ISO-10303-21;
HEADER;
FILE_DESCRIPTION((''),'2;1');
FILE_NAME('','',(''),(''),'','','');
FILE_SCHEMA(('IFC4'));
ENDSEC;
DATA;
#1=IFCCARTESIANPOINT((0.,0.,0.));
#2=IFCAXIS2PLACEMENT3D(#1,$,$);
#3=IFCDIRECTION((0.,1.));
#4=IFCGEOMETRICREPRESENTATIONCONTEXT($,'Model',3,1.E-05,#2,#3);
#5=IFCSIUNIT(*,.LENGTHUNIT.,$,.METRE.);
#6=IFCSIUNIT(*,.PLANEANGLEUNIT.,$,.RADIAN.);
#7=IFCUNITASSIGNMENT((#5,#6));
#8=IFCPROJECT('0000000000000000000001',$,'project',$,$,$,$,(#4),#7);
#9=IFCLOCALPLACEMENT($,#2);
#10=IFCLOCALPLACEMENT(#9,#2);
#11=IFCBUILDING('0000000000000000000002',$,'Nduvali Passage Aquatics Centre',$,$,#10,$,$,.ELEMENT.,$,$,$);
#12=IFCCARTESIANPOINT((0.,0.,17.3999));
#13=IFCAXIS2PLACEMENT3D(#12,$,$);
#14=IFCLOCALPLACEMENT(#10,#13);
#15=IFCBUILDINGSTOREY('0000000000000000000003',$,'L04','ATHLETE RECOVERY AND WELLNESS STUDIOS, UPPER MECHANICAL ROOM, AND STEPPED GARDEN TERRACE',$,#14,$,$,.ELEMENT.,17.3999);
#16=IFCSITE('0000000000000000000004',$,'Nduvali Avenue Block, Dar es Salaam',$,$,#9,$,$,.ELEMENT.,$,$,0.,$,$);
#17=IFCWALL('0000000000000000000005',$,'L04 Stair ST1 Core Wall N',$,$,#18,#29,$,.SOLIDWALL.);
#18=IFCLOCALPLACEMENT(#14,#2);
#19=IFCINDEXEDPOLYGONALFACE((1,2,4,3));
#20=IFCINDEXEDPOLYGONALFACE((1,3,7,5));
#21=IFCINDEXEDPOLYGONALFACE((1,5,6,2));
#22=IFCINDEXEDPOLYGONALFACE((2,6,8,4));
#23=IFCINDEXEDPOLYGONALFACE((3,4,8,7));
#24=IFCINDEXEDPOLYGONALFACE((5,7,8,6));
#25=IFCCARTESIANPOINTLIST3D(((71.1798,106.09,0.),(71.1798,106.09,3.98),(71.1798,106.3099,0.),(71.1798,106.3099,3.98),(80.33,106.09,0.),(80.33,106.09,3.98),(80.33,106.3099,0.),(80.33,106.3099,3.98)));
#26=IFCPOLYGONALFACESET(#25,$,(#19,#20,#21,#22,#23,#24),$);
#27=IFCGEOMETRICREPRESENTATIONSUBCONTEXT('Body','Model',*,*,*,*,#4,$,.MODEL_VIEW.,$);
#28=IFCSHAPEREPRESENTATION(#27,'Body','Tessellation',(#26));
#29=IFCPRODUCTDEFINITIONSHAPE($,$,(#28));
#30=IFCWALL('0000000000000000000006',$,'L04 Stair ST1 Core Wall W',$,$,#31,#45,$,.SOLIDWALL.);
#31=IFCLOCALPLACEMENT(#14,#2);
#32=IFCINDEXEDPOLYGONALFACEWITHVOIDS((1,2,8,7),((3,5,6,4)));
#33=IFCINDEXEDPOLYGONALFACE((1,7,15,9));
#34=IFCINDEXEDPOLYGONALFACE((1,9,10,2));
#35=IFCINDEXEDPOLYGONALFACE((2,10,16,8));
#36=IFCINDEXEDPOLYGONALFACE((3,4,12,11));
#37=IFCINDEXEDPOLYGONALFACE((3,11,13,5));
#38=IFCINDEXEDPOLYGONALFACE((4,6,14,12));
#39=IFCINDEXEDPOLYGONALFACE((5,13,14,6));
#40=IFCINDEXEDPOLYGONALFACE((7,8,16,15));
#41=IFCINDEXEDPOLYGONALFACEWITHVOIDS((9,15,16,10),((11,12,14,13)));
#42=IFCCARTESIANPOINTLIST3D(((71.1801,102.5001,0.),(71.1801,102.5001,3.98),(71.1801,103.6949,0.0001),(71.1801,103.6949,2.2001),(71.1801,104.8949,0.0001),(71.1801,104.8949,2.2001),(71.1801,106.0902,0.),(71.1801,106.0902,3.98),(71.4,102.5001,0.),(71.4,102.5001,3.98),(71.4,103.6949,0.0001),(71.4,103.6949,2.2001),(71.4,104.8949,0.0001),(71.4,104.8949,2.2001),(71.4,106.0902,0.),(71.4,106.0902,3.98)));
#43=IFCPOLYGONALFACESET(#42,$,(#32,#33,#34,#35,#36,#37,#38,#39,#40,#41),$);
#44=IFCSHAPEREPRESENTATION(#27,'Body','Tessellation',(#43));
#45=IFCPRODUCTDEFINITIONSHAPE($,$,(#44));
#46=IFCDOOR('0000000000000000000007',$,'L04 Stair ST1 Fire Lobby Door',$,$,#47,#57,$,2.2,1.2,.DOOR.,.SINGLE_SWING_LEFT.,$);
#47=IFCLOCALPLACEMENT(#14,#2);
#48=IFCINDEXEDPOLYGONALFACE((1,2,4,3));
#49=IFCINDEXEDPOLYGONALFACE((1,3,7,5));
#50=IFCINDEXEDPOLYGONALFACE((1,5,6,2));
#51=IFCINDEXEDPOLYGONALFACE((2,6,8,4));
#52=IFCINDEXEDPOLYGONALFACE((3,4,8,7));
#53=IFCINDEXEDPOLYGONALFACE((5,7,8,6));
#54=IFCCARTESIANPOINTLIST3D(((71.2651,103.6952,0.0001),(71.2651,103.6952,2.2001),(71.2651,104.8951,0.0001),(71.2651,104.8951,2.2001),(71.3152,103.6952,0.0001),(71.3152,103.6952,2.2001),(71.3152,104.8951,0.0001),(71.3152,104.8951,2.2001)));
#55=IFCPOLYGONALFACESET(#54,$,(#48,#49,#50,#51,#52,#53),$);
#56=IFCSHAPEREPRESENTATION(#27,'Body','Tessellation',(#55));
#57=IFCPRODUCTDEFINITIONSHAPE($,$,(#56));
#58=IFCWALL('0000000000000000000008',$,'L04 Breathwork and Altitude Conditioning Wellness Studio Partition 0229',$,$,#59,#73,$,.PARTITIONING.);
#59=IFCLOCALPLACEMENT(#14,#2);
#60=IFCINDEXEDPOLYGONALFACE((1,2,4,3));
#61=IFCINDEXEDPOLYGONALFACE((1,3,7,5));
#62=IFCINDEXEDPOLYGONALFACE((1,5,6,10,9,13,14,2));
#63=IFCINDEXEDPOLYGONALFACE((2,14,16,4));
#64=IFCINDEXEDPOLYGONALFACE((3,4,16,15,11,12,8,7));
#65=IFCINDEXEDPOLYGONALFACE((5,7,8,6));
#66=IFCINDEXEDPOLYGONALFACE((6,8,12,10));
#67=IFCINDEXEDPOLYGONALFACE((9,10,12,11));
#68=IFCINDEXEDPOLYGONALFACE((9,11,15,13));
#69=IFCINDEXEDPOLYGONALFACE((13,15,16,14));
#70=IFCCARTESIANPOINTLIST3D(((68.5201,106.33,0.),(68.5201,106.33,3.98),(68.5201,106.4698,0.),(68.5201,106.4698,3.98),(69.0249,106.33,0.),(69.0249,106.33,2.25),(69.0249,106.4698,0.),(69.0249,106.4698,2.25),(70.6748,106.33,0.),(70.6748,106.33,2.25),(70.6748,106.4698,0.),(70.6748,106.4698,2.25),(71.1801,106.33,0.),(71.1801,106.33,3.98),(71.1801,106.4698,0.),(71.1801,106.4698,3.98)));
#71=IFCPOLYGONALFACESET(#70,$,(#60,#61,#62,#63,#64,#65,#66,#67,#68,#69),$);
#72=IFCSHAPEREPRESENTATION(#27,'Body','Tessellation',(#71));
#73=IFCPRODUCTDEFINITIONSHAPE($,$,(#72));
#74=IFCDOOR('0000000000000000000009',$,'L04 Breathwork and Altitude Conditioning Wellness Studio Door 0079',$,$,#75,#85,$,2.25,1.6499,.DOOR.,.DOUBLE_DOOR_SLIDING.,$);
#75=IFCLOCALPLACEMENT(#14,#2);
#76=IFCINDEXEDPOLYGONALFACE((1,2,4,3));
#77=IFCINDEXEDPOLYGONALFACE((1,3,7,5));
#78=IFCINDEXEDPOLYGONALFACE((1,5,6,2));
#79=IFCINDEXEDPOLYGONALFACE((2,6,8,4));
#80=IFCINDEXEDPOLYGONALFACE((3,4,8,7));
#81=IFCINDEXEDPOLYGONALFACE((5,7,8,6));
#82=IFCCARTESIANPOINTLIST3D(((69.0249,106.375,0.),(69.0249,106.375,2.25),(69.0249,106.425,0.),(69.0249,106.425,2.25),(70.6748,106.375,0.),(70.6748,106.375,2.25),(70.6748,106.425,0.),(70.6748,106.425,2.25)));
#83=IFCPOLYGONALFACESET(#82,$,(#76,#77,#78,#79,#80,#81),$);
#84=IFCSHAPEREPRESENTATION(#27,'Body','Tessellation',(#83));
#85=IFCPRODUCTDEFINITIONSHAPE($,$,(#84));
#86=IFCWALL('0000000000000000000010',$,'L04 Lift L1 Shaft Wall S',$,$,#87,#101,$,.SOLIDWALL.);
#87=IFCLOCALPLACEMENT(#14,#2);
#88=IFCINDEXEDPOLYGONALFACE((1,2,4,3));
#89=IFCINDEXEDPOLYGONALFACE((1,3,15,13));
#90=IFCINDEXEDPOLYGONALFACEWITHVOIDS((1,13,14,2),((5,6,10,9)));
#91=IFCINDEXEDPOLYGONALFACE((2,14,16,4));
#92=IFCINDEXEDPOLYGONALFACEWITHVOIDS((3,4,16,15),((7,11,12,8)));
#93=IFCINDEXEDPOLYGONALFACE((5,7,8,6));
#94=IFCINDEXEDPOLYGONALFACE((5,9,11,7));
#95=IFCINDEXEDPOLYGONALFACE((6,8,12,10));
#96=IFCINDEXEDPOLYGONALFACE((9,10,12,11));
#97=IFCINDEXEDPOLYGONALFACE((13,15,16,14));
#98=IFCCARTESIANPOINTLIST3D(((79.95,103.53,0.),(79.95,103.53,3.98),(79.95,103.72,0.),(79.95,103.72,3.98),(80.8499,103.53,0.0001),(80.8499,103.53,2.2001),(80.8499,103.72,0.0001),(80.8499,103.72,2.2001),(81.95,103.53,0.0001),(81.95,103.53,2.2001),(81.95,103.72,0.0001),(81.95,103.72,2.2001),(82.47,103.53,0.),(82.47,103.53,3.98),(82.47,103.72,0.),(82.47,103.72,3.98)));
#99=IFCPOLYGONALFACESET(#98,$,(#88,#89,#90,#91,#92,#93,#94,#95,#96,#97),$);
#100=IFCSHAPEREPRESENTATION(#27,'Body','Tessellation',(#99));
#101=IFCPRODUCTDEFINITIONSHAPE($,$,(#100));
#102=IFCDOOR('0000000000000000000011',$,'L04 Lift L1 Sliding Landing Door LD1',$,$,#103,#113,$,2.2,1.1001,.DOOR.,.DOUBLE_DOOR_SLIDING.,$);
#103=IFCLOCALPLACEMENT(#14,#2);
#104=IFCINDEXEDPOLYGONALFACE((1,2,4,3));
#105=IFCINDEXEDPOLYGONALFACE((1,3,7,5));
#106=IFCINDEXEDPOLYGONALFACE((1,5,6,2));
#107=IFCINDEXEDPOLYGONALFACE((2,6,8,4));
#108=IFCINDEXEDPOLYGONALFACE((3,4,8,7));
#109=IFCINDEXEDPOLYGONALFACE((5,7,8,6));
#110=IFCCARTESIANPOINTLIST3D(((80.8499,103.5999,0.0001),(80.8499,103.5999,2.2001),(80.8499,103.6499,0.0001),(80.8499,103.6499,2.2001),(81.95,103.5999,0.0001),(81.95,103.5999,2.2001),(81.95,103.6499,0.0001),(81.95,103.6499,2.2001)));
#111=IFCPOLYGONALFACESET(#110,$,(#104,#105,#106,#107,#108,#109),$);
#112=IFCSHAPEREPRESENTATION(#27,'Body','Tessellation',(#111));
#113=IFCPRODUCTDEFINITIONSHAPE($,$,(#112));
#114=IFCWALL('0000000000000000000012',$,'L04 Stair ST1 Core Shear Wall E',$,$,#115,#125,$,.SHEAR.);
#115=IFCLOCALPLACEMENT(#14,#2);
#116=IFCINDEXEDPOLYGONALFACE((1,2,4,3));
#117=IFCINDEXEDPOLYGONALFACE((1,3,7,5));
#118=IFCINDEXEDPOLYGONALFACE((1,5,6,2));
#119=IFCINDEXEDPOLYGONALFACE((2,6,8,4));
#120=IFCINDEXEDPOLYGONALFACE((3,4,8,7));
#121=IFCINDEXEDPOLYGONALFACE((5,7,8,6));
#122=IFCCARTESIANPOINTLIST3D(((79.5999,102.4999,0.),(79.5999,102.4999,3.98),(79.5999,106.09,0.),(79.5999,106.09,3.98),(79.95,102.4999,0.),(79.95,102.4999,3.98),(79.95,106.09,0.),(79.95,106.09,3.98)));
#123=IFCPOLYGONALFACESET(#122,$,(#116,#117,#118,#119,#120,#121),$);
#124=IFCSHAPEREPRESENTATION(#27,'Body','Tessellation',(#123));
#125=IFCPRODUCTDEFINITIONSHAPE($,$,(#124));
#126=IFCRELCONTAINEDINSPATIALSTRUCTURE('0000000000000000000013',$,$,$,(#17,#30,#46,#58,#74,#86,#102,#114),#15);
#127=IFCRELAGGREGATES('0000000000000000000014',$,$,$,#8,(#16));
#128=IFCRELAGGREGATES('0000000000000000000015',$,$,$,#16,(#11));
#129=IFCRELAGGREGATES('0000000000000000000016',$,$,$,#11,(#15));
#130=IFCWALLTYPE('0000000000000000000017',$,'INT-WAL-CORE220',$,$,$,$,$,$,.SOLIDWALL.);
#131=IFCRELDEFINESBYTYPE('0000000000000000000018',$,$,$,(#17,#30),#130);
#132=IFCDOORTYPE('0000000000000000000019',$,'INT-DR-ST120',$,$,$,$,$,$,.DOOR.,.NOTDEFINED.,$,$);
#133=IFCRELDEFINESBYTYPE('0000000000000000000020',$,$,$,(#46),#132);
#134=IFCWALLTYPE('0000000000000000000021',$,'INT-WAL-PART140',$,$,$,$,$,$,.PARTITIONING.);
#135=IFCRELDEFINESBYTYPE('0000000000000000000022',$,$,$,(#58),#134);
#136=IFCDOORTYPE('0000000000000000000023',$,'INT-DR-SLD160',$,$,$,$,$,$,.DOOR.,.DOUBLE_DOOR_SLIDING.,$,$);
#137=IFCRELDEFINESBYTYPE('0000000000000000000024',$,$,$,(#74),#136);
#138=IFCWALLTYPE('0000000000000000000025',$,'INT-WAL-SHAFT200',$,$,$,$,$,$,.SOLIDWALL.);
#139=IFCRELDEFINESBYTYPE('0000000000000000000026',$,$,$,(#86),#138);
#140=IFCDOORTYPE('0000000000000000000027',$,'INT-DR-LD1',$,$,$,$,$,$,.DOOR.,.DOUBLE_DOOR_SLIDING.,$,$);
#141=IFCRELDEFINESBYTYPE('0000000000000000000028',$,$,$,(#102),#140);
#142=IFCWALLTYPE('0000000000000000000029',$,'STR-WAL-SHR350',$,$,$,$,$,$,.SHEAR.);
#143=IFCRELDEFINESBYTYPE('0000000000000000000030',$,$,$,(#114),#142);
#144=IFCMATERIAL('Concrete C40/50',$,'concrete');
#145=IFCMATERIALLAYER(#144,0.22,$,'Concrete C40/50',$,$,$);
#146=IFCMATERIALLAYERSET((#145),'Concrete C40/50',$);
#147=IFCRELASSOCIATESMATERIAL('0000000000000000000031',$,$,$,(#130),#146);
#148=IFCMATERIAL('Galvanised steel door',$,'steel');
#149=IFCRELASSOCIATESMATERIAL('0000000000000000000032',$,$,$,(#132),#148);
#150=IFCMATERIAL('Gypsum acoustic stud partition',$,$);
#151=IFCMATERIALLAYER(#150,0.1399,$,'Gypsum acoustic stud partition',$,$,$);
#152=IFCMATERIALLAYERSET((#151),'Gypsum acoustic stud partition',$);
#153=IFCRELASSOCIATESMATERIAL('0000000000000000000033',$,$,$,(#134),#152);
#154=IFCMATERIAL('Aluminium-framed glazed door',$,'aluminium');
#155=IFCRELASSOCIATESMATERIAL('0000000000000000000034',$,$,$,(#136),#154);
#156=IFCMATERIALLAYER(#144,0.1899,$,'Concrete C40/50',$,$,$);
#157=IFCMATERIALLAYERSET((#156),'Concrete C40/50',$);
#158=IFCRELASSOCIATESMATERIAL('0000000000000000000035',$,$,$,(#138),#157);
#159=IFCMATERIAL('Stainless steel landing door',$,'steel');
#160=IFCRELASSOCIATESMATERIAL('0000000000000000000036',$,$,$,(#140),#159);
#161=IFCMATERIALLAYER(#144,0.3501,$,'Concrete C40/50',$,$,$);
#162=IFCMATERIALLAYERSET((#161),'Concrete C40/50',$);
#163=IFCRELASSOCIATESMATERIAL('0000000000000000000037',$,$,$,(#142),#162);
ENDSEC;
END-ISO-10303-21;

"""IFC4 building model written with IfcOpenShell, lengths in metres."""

from ifc_helpers import new_model, si_unit, direction, frame, frame_2d, origin, place, context, subcontext, project, spatial, rectangle, extrude, material, layer, layer_set, type_object, element, fill, save


model = new_model("IFC4")

# Units and contexts
model_context = context("Model", 3, precision=1e-05, world=origin(), true_north=direction((0.0, 1.0)))
body_context = subcontext(model_context, "Body", "Model", "MODEL_VIEW")
ifc_project = project(units=[si_unit("LENGTHUNIT", "METRE"), si_unit("PLANEANGLEUNIT", "RADIAN")], contexts=[model_context])

# Site, building, storey
site_placement = place(None, origin())
site = spatial("IfcSite", under=ifc_project, at=site_placement, Name="Nduvali Avenue Block, Dar es Salaam", CompositionType="ELEMENT", RefElevation=0.0)
building_placement = place(site_placement, origin())
building = spatial("IfcBuilding", under=site, at=building_placement, Name="Nduvali Passage Aquatics Centre", CompositionType="ELEMENT")
storey_placement = place(building_placement, frame((0.0, 0.0, 17.3999)))
storey = spatial("IfcBuildingStorey", under=building, at=storey_placement, Name="L04", Description="ATHLETE RECOVERY AND WELLNESS STUDIOS, UPPER MECHANICAL ROOM, AND STEPPED GARDEN TERRACE", CompositionType="ELEMENT", Elevation=17.3999)

# Shared definitions
ifc_material_1 = material(Name="Aluminium-framed glazed door", Category="aluminium")

# Wall
ifc_material_2 = material(Name="Concrete C40/50", Category="concrete")
ifc_layer_1 = layer(ifc_material_2, 0.22, Name="Concrete C40/50")
ifc_layer_set_1 = layer_set([ifc_layer_1], Name="Concrete C40/50")
wall_type_1 = type_object("IfcWallType", Name="INT-WAL-CORE220", PredefinedType="SOLIDWALL", material=ifc_layer_set_1)
wall_1_placement = place(storey_placement, frame((80.3301, 106.2, 0.0), z_axis=(0.0, 0.0, 1.0), x_axis=(-1.0, 0.0, 0.0)))
element("IfcWall", 1, at=wall_1_placement, inside=storey, type_object=wall_type_1, Name="L04 Stair ST1 Core Wall N", PredefinedType="SOLIDWALL", context=body_context, shape_type="SweptSolid", body=[
    extrude(rectangle(XDim=9.1501, YDim=0.22, at=frame_2d((4.5752, 0.0))), origin(), (0.0, 0.0, 1.0), 3.98),
])

# Walls, openings, doors
wall_2_placement = place(storey_placement, frame((71.29, 106.0901, 0.0), z_axis=(0.0, 0.0, 1.0), x_axis=(0.0, -1.0, 0.0)))
wall_2 = element("IfcWall", 2, at=wall_2_placement, inside=storey, type_object=wall_type_1, Name="L04 Stair ST1 Core Wall W", PredefinedType="SOLIDWALL", context=body_context, shape_type="SweptSolid", body=[
    extrude(rectangle(XDim=3.5901, YDim=0.22, at=frame_2d((1.7949, 0.0))), origin(), (0.0, 0.0, 1.0), 3.98),
])
opening_1_placement = place(wall_2_placement, frame((1.1951, 0.0, 0.0)))
opening_1 = element("IfcOpeningElement", 3, at=opening_1_placement, cuts=wall_2, PredefinedType="OPENING", context=body_context, shape_type="SweptSolid", body=[
    extrude(rectangle(XDim=1.2, YDim=2.2, at=frame_2d((0.6001, 1.1001))), frame((0.0, 0.125, 0.0), z_axis=(0.0, -1.0, 0.0), x_axis=(1.0, 0.0, 0.0)), (0.0, 0.0, 1.0), 0.2498),
])
ifc_material_3 = material(Name="Galvanised steel door", Category="steel")
door_type_1 = type_object("IfcDoorType", Name="INT-DR-ST120", OperationType="NOTDEFINED", PredefinedType="DOOR", material=ifc_material_3)
door_1_placement = place(opening_1_placement, frame((1.2, 0.0, 0.0), z_axis=(0.0, 0.0, 1.0), x_axis=(-1.0, 0.0, 0.0)))
door_1 = element("IfcDoor", 4, at=door_1_placement, inside=storey, type_object=door_type_1, Name="L04 Stair ST1 Fire Lobby Door", OperationType="SINGLE_SWING_LEFT", OverallHeight=2.2, OverallWidth=1.2, PredefinedType="DOOR", context=body_context, shape_type="SweptSolid", body=[
    extrude(rectangle(XDim=1.2, YDim=2.2, at=frame_2d((0.6001, 1.1001))), frame((0.0, 0.0249, 0.0), z_axis=(0.0, -1.0, 0.0), x_axis=(1.0, 0.0, 0.0)), (0.0, 0.0, 1.0), 0.05),
])
fill(opening_1, door_1)
ifc_material_4 = material(Name="Gypsum acoustic stud partition")
ifc_layer_2 = layer(ifc_material_4, 0.1399, Name="Gypsum acoustic stud partition")
ifc_layer_set_2 = layer_set([ifc_layer_2], Name="Gypsum acoustic stud partition")
wall_type_2 = type_object("IfcWallType", Name="INT-WAL-PART140", PredefinedType="PARTITIONING", material=ifc_layer_set_2)
wall_3_placement = place(storey_placement, frame((68.52, 106.3999, 0.0), z_axis=(0.0, 0.0, 1.0), x_axis=(1.0, 0.0, 0.0)))
wall_3 = element("IfcWall", 5, at=wall_3_placement, inside=storey, type_object=wall_type_2, Name="L04 Breathwork and Altitude Conditioning Wellness Studio Partition 0229", PredefinedType="PARTITIONING", context=body_context, shape_type="SweptSolid", body=[
    extrude(rectangle(XDim=2.6599, YDim=0.1399, at=frame_2d((1.3301, 0.0))), origin(), (0.0, 0.0, 1.0), 3.98),
])
opening_2_placement = place(wall_3_placement, frame((0.5049, 0.0, 0.0)))
opening_2 = element("IfcOpeningElement", 6, at=opening_2_placement, cuts=wall_3, PredefinedType="OPENING", context=body_context, shape_type="SweptSolid", body=[
    extrude(rectangle(XDim=1.6499, YDim=2.25, at=frame_2d((0.825, 1.125))), frame((0.0, 0.085, 0.0), z_axis=(0.0, -1.0, 0.0), x_axis=(1.0, 0.0, 0.0)), (0.0, 0.0, 1.0), 0.1697),
])
door_type_2 = type_object("IfcDoorType", Name="INT-DR-SLD160", OperationType="DOUBLE_DOOR_SLIDING", PredefinedType="DOOR", material=ifc_material_1)
door_2_placement = place(opening_2_placement, frame((1.6499, 0.0, 0.0), z_axis=(0.0, 0.0, 1.0), x_axis=(-1.0, 0.0, 0.0)))
door_2 = element("IfcDoor", 7, at=door_2_placement, inside=storey, type_object=door_type_2, Name="L04 Breathwork and Altitude Conditioning Wellness Studio Door 0079", OperationType="DOUBLE_DOOR_SLIDING", OverallHeight=2.25, OverallWidth=1.6499, PredefinedType="DOOR", context=body_context, shape_type="SweptSolid", body=[
    extrude(rectangle(XDim=1.6499, YDim=2.25, at=frame_2d((0.825, 1.125))), frame((0.0, 0.0249, 0.0), z_axis=(0.0, -1.0, 0.0), x_axis=(1.0, 0.0, 0.0)), (0.0, 0.0, 1.0), 0.05),
])
fill(opening_2, door_2)
ifc_layer_3 = layer(ifc_material_2, 0.1899, Name="Concrete C40/50")
ifc_layer_set_3 = layer_set([ifc_layer_3], Name="Concrete C40/50")
wall_type_3 = type_object("IfcWallType", Name="INT-WAL-SHAFT200", PredefinedType="SOLIDWALL", material=ifc_layer_set_3)
wall_4_placement = place(storey_placement, frame((79.95, 103.625, 0.0), z_axis=(0.0, 0.0, 1.0), x_axis=(1.0, 0.0, 0.0)))
wall_4 = element("IfcWall", 8, at=wall_4_placement, inside=storey, type_object=wall_type_3, Name="L04 Lift L1 Shaft Wall S", PredefinedType="SOLIDWALL", context=body_context, shape_type="SweptSolid", body=[
    extrude(rectangle(XDim=2.52, YDim=0.1899, at=frame_2d((1.26, 0.0))), origin(), (0.0, 0.0, 1.0), 3.98),
])
opening_3_placement = place(wall_4_placement, frame((0.8999, 0.0, 0.0)))
opening_3 = element("IfcOpeningElement", 9, at=opening_3_placement, cuts=wall_4, PredefinedType="OPENING", context=body_context, shape_type="SweptSolid", body=[
    extrude(rectangle(XDim=1.1001, YDim=2.2, at=frame_2d((0.55, 1.1001))), frame((0.0, 0.1099, 0.0), z_axis=(0.0, -1.0, 0.0), x_axis=(1.0, 0.0, 0.0)), (0.0, 0.0, 1.0), 0.2197),
])
ifc_material_5 = material(Name="Stainless steel landing door", Category="steel")
door_type_3 = type_object("IfcDoorType", Name="INT-DR-LD1", OperationType="DOUBLE_DOOR_SLIDING", PredefinedType="DOOR", material=ifc_material_5)
door_3_placement = place(opening_3_placement, origin())
door_3 = element("IfcDoor", 10, at=door_3_placement, inside=storey, type_object=door_type_3, Name="L04 Lift L1 Sliding Landing Door LD1", OperationType="DOUBLE_DOOR_SLIDING", OverallHeight=2.2, OverallWidth=1.1001, PredefinedType="DOOR", context=body_context, shape_type="SweptSolid", body=[
    extrude(rectangle(XDim=1.1001, YDim=2.2, at=frame_2d((0.55, 1.1001))), frame((0.0, 0.0249, 0.0), z_axis=(0.0, -1.0, 0.0), x_axis=(1.0, 0.0, 0.0)), (0.0, 0.0, 1.0), 0.05),
])
fill(opening_3, door_3)

# Wall
ifc_layer_4 = layer(ifc_material_2, 0.3501, Name="Concrete C40/50")
ifc_layer_set_4 = layer_set([ifc_layer_4], Name="Concrete C40/50")
wall_type_4 = type_object("IfcWallType", Name="STR-WAL-SHR350", PredefinedType="SHEAR", material=ifc_layer_set_4)
wall_5_placement = place(storey_placement, frame((79.7749, 102.5, 0.0), z_axis=(0.0, 0.0, 1.0), x_axis=(0.0, 1.0, 0.0)))
element("IfcWall", 11, at=wall_5_placement, inside=storey, type_object=wall_type_4, Name="L04 Stair ST1 Core Shear Wall E", PredefinedType="SHEAR", context=body_context, shape_type="SweptSolid", body=[
    extrude(rectangle(XDim=3.5901, YDim=0.3501, at=frame_2d((1.7949, 0.0))), origin(), (0.0, 0.0, 1.0), 3.98),
])

save(model, "model.ifc")
